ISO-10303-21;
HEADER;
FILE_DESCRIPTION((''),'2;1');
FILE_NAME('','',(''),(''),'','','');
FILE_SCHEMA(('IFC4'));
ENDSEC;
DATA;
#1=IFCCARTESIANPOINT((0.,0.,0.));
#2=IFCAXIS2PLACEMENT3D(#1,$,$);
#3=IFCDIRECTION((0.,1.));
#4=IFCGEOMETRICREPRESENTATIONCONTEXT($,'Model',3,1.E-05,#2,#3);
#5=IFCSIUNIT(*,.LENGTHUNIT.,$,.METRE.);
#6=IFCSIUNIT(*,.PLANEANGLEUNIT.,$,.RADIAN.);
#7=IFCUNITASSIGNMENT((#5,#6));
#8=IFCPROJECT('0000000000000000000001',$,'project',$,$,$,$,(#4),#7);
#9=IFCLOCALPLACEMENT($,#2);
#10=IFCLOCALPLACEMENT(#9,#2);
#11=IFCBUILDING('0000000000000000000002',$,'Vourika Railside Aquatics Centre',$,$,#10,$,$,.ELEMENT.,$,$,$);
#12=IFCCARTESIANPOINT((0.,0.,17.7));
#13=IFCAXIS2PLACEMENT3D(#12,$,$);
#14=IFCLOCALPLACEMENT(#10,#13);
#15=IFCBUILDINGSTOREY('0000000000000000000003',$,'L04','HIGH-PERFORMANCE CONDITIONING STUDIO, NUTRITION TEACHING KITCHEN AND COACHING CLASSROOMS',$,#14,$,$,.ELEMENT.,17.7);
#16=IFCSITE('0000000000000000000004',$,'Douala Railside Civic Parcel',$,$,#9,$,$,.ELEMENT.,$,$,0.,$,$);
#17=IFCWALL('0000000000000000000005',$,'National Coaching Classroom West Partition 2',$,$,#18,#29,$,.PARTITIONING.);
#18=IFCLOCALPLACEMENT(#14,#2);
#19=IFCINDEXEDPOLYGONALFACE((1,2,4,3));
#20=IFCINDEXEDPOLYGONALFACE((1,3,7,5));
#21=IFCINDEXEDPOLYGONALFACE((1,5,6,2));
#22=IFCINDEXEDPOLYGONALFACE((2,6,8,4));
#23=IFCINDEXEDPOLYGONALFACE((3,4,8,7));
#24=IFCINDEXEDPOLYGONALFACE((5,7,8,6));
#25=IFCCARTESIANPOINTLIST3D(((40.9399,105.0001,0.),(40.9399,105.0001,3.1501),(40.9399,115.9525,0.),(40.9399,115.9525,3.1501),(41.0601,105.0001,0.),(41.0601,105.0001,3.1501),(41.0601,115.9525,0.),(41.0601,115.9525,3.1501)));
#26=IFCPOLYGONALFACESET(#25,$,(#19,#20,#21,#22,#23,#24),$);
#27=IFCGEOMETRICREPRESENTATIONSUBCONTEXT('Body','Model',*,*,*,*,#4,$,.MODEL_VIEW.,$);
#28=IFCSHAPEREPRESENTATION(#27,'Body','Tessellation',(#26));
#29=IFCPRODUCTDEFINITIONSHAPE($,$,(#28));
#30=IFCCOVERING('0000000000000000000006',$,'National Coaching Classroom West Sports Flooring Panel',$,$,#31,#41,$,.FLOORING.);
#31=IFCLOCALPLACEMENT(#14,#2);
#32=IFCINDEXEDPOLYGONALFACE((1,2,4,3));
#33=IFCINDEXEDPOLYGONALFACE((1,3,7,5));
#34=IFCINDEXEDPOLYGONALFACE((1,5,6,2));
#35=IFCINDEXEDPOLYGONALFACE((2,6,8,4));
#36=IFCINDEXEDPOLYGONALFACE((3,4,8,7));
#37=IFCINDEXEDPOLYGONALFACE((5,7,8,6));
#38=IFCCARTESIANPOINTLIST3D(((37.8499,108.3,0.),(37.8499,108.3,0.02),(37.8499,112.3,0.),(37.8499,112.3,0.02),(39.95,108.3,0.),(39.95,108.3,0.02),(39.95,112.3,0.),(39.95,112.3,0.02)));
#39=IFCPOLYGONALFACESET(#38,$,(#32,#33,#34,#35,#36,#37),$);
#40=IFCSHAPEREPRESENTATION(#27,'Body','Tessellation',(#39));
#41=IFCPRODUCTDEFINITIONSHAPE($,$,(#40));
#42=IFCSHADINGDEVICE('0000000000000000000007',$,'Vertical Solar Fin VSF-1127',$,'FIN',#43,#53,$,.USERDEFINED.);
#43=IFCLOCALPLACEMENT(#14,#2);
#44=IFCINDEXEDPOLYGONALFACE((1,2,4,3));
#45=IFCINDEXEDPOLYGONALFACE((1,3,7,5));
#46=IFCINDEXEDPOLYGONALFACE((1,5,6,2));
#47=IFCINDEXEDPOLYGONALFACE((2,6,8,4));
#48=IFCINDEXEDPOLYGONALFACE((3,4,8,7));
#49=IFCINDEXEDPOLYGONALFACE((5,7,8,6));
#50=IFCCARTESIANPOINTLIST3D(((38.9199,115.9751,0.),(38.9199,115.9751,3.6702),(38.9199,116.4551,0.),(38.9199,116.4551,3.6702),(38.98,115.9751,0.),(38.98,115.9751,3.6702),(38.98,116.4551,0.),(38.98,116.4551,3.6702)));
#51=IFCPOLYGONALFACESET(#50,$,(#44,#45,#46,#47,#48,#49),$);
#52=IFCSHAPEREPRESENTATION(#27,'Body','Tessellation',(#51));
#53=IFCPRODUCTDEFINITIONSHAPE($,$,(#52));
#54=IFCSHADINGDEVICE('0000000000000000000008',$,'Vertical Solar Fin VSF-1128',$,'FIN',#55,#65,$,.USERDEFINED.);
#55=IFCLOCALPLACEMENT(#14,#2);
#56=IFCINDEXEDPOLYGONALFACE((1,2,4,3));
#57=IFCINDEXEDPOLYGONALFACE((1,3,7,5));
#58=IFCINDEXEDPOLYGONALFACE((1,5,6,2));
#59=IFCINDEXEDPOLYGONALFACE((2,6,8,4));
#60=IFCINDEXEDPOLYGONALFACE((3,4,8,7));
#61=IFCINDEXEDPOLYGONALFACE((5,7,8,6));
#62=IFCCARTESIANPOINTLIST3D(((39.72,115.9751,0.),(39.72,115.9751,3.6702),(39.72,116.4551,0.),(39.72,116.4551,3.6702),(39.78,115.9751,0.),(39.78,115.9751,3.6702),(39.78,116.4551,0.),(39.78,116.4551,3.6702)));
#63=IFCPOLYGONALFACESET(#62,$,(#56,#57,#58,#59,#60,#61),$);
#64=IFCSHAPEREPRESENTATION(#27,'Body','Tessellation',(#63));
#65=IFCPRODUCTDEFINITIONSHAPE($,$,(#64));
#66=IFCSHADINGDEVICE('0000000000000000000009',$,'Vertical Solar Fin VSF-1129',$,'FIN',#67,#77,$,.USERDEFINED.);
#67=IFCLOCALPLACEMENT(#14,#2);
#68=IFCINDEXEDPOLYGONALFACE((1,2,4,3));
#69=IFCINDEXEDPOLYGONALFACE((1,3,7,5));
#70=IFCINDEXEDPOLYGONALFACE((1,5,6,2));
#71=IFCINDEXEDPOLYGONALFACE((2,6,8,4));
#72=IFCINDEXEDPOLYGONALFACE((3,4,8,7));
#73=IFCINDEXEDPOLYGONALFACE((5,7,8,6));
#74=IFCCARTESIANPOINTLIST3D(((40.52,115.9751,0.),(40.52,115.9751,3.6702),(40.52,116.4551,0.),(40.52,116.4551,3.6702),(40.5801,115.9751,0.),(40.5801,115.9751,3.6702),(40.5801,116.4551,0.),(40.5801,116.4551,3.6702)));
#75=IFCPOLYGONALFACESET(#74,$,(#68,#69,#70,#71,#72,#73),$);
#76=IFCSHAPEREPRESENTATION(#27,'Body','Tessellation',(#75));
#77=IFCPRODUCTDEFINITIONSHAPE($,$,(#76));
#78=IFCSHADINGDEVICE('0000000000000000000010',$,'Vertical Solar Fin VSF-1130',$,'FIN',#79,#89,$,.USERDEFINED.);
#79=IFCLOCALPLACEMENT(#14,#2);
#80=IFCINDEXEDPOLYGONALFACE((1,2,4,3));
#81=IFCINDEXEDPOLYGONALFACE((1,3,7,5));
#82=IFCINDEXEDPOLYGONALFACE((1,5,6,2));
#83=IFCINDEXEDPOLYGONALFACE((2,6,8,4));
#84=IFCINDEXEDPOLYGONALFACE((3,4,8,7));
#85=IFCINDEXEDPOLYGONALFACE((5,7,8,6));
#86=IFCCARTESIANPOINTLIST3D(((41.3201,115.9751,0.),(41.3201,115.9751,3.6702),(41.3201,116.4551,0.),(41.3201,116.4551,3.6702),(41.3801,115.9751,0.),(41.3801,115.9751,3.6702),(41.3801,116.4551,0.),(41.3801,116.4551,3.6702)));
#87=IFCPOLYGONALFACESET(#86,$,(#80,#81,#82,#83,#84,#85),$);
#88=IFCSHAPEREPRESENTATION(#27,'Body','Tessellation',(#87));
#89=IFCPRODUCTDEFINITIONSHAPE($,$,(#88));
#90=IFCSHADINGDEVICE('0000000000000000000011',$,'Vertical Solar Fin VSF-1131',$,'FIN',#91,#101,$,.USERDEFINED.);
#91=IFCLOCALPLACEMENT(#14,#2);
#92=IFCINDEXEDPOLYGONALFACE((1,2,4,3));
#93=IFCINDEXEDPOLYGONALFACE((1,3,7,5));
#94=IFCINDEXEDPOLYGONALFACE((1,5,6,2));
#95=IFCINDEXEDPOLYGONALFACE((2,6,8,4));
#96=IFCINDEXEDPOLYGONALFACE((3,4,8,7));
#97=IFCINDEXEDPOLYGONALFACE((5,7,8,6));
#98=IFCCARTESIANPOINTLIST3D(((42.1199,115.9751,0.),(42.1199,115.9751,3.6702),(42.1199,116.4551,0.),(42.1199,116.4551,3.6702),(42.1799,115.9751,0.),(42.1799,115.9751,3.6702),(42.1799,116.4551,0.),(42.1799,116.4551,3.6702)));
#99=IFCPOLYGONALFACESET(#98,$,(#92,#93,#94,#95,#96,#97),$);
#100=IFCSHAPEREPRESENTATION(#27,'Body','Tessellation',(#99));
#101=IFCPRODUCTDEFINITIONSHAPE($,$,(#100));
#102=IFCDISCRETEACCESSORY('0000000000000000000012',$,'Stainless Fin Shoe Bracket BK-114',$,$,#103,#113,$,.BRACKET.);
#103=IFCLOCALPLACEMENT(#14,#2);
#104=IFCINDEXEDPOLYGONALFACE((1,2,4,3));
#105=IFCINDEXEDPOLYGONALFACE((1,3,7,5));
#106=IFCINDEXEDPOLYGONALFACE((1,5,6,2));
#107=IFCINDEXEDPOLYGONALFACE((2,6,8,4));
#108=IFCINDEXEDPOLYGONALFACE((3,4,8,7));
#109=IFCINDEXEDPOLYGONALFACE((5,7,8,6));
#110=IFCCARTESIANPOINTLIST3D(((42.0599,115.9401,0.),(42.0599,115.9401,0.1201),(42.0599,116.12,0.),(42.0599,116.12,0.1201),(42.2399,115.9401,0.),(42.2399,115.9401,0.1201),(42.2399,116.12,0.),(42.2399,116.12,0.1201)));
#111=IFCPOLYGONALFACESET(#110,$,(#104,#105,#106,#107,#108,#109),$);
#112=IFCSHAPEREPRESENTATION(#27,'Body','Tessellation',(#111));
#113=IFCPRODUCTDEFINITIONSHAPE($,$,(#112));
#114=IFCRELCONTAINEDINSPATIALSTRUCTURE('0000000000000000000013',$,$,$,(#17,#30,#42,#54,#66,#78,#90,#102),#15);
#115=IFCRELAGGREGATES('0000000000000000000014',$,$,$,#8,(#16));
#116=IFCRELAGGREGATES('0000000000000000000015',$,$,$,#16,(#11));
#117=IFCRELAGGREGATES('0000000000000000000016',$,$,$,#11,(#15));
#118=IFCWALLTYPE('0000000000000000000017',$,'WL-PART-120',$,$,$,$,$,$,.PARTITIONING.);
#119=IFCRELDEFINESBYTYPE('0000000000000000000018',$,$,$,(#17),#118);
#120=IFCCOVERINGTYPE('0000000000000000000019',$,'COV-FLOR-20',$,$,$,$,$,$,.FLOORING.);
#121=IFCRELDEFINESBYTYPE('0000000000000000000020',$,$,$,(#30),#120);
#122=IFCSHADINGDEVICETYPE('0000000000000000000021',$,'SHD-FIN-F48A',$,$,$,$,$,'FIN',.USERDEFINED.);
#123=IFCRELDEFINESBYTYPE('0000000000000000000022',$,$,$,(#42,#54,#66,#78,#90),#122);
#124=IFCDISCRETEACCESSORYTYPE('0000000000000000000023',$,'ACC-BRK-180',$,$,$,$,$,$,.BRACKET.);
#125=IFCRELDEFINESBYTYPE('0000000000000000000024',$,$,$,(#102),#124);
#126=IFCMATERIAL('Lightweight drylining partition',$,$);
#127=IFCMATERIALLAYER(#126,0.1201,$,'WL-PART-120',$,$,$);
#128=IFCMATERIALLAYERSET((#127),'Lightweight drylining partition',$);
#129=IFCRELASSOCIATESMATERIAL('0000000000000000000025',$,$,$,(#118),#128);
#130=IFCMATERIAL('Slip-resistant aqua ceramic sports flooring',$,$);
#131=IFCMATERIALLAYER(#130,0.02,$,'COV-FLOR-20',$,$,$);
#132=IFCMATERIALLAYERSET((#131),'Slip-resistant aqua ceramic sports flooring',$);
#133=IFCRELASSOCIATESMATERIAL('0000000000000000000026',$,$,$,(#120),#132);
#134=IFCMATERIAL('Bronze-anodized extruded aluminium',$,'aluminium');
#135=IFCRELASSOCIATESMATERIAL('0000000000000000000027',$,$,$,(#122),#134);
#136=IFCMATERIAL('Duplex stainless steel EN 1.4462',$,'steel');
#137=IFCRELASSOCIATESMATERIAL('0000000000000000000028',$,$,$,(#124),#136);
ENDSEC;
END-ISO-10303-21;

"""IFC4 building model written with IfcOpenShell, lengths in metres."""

from ifc_helpers import new_model, si_unit, direction, frame, frame_2d, origin, origin_2d, place, context, subcontext, project, spatial, rectangle, extrude, material, layer, layer_set, material_profile, profile_set, type_object, element, save


model = new_model("IFC4")

# Units and contexts
model_context = context("Model", 3, precision=1e-05, world=origin(), true_north=direction((0.0, 1.0)))
body_context = subcontext(model_context, "Body", "Model", "MODEL_VIEW")
ifc_project = project(units=[si_unit("LENGTHUNIT", "METRE"), si_unit("PLANEANGLEUNIT", "RADIAN")], contexts=[model_context])

# Site, building, storey
site_placement = place(None, origin())
site = spatial("IfcSite", under=ifc_project, at=site_placement, Name="Douala Railside Civic Parcel", CompositionType="ELEMENT", RefElevation=0.0)
building_placement = place(site_placement, origin())
building = spatial("IfcBuilding", under=site, at=building_placement, Name="Vourika Railside Aquatics Centre", CompositionType="ELEMENT")
storey_placement = place(building_placement, frame((0.0, 0.0, 17.7)))
storey = spatial("IfcBuildingStorey", under=building, at=storey_placement, Name="L04", Description="HIGH-PERFORMANCE CONDITIONING STUDIO, NUTRITION TEACHING KITCHEN AND COACHING CLASSROOMS", CompositionType="ELEMENT", Elevation=17.7)

# Wall
ifc_material_1 = material(Name="Lightweight drylining partition")
ifc_layer_1 = layer(ifc_material_1, 0.1201, Name="WL-PART-120")
ifc_layer_set_1 = layer_set([ifc_layer_1], Name="Lightweight drylining partition")
wall_type = type_object("IfcWallType", Name="WL-PART-120", PredefinedType="PARTITIONING", material=ifc_layer_set_1)
wall_placement = place(storey_placement, frame((41.0, 115.9524, 0.0), z_axis=(0.0, 0.0, 1.0), x_axis=(0.0, -1.0, 0.0)))
element("IfcWall", 1, at=wall_placement, inside=storey, type_object=wall_type, Name="National Coaching Classroom West Partition 2", PredefinedType="PARTITIONING", context=body_context, shape_type="SweptSolid", body=[
    extrude(rectangle(XDim=10.9524, YDim=0.1201, at=frame_2d((5.4761, 0.0))), origin(), (0.0, 0.0, 1.0), 3.1501),
])

# Covering
ifc_material_2 = material(Name="Slip-resistant aqua ceramic sports flooring")
ifc_layer_2 = layer(ifc_material_2, 0.02, Name="COV-FLOR-20")
ifc_layer_set_2 = layer_set([ifc_layer_2], Name="Slip-resistant aqua ceramic sports flooring")
covering_type = type_object("IfcCoveringType", Name="COV-FLOR-20", PredefinedType="FLOORING", material=ifc_layer_set_2)
covering_placement = place(storey_placement, frame((38.8999, 110.3, 0.0), z_axis=(0.0, 0.0, 1.0), x_axis=(1.0, 0.0, 0.0)))
element("IfcCovering", 2, at=covering_placement, inside=storey, type_object=covering_type, Name="National Coaching Classroom West Sports Flooring Panel", PredefinedType="FLOORING", context=body_context, shape_type="SweptSolid", body=[
    extrude(rectangle(XDim=2.1001, YDim=4.0, at=origin_2d()), origin(), (0.0, 0.0, 1.0), 0.02),
])

# Shading devices
ifc_material_3 = material(Name="Bronze-anodized extruded aluminium", Category="aluminium")
ifc_material_profile_1 = material_profile(ifc_material_3, rectangle(XDim=0.0601, YDim=0.48, at=origin_2d()), Name="ALU-FIN 60x480")
ifc_profile_set_1 = profile_set([ifc_material_profile_1], Name="Bronze-anodized extruded aluminium")
shading_device_type = type_object("IfcShadingDeviceType", Name="SHD-FIN-F48A", ElementType="FIN", PredefinedType="USERDEFINED", material=ifc_profile_set_1)
for number, where, z_axis, x_axis, name in (
    (3, (38.95, 116.2151, 0.0), (0.0, 0.0, 1.0), (1.0, 0.0, 0.0), "Vertical Solar Fin VSF-1127"),
    (4, (39.75, 116.2151, 0.0), (0.0, 0.0, 1.0), (1.0, 0.0, 0.0), "Vertical Solar Fin VSF-1128"),
    (5, (40.55, 116.2151, 0.0), (0.0, 0.0, 1.0), (1.0, 0.0, 0.0), "Vertical Solar Fin VSF-1129"),
    (6, (41.3501, 116.2151, 0.0), (0.0, 0.0, 1.0), (1.0, 0.0, 0.0), "Vertical Solar Fin VSF-1130"),
    (7, (42.1499, 116.2151, 0.0), (0.0, 0.0, 1.0), (1.0, 0.0, 0.0), "Vertical Solar Fin VSF-1131"),
):
    element("IfcShadingDevice", number, at=place(storey_placement, frame(where, z_axis=z_axis, x_axis=x_axis)), inside=storey, type_object=shading_device_type, Name=name, ObjectType="FIN", PredefinedType="USERDEFINED", context=body_context, shape_type="SweptSolid", body=[
        extrude(rectangle(XDim=0.0601, YDim=0.48, at=origin_2d()), origin(), (0.0, 0.0, 1.0), 3.6702),
    ])

# Discrete accessory
ifc_material_4 = material(Name="Duplex stainless steel EN 1.4462", Category="steel")
discrete_accessory_type = type_object("IfcDiscreteAccessoryType", Name="ACC-BRK-180", PredefinedType="BRACKET", material=ifc_material_4)
discrete_accessory_placement = place(storey_placement, frame((42.1499, 116.03, 0.0), z_axis=(0.0, 0.0, 1.0), x_axis=(0.0, 1.0, 0.0)))
element("IfcDiscreteAccessory", 8, at=discrete_accessory_placement, inside=storey, type_object=discrete_accessory_type, Name="Stainless Fin Shoe Bracket BK-114", PredefinedType="BRACKET", context=body_context, shape_type="SweptSolid", body=[
    extrude(rectangle(XDim=0.1799, YDim=0.1799, at=origin_2d()), origin(), (0.0, 0.0, 1.0), 0.1201),
])

save(model, "model.ifc")
